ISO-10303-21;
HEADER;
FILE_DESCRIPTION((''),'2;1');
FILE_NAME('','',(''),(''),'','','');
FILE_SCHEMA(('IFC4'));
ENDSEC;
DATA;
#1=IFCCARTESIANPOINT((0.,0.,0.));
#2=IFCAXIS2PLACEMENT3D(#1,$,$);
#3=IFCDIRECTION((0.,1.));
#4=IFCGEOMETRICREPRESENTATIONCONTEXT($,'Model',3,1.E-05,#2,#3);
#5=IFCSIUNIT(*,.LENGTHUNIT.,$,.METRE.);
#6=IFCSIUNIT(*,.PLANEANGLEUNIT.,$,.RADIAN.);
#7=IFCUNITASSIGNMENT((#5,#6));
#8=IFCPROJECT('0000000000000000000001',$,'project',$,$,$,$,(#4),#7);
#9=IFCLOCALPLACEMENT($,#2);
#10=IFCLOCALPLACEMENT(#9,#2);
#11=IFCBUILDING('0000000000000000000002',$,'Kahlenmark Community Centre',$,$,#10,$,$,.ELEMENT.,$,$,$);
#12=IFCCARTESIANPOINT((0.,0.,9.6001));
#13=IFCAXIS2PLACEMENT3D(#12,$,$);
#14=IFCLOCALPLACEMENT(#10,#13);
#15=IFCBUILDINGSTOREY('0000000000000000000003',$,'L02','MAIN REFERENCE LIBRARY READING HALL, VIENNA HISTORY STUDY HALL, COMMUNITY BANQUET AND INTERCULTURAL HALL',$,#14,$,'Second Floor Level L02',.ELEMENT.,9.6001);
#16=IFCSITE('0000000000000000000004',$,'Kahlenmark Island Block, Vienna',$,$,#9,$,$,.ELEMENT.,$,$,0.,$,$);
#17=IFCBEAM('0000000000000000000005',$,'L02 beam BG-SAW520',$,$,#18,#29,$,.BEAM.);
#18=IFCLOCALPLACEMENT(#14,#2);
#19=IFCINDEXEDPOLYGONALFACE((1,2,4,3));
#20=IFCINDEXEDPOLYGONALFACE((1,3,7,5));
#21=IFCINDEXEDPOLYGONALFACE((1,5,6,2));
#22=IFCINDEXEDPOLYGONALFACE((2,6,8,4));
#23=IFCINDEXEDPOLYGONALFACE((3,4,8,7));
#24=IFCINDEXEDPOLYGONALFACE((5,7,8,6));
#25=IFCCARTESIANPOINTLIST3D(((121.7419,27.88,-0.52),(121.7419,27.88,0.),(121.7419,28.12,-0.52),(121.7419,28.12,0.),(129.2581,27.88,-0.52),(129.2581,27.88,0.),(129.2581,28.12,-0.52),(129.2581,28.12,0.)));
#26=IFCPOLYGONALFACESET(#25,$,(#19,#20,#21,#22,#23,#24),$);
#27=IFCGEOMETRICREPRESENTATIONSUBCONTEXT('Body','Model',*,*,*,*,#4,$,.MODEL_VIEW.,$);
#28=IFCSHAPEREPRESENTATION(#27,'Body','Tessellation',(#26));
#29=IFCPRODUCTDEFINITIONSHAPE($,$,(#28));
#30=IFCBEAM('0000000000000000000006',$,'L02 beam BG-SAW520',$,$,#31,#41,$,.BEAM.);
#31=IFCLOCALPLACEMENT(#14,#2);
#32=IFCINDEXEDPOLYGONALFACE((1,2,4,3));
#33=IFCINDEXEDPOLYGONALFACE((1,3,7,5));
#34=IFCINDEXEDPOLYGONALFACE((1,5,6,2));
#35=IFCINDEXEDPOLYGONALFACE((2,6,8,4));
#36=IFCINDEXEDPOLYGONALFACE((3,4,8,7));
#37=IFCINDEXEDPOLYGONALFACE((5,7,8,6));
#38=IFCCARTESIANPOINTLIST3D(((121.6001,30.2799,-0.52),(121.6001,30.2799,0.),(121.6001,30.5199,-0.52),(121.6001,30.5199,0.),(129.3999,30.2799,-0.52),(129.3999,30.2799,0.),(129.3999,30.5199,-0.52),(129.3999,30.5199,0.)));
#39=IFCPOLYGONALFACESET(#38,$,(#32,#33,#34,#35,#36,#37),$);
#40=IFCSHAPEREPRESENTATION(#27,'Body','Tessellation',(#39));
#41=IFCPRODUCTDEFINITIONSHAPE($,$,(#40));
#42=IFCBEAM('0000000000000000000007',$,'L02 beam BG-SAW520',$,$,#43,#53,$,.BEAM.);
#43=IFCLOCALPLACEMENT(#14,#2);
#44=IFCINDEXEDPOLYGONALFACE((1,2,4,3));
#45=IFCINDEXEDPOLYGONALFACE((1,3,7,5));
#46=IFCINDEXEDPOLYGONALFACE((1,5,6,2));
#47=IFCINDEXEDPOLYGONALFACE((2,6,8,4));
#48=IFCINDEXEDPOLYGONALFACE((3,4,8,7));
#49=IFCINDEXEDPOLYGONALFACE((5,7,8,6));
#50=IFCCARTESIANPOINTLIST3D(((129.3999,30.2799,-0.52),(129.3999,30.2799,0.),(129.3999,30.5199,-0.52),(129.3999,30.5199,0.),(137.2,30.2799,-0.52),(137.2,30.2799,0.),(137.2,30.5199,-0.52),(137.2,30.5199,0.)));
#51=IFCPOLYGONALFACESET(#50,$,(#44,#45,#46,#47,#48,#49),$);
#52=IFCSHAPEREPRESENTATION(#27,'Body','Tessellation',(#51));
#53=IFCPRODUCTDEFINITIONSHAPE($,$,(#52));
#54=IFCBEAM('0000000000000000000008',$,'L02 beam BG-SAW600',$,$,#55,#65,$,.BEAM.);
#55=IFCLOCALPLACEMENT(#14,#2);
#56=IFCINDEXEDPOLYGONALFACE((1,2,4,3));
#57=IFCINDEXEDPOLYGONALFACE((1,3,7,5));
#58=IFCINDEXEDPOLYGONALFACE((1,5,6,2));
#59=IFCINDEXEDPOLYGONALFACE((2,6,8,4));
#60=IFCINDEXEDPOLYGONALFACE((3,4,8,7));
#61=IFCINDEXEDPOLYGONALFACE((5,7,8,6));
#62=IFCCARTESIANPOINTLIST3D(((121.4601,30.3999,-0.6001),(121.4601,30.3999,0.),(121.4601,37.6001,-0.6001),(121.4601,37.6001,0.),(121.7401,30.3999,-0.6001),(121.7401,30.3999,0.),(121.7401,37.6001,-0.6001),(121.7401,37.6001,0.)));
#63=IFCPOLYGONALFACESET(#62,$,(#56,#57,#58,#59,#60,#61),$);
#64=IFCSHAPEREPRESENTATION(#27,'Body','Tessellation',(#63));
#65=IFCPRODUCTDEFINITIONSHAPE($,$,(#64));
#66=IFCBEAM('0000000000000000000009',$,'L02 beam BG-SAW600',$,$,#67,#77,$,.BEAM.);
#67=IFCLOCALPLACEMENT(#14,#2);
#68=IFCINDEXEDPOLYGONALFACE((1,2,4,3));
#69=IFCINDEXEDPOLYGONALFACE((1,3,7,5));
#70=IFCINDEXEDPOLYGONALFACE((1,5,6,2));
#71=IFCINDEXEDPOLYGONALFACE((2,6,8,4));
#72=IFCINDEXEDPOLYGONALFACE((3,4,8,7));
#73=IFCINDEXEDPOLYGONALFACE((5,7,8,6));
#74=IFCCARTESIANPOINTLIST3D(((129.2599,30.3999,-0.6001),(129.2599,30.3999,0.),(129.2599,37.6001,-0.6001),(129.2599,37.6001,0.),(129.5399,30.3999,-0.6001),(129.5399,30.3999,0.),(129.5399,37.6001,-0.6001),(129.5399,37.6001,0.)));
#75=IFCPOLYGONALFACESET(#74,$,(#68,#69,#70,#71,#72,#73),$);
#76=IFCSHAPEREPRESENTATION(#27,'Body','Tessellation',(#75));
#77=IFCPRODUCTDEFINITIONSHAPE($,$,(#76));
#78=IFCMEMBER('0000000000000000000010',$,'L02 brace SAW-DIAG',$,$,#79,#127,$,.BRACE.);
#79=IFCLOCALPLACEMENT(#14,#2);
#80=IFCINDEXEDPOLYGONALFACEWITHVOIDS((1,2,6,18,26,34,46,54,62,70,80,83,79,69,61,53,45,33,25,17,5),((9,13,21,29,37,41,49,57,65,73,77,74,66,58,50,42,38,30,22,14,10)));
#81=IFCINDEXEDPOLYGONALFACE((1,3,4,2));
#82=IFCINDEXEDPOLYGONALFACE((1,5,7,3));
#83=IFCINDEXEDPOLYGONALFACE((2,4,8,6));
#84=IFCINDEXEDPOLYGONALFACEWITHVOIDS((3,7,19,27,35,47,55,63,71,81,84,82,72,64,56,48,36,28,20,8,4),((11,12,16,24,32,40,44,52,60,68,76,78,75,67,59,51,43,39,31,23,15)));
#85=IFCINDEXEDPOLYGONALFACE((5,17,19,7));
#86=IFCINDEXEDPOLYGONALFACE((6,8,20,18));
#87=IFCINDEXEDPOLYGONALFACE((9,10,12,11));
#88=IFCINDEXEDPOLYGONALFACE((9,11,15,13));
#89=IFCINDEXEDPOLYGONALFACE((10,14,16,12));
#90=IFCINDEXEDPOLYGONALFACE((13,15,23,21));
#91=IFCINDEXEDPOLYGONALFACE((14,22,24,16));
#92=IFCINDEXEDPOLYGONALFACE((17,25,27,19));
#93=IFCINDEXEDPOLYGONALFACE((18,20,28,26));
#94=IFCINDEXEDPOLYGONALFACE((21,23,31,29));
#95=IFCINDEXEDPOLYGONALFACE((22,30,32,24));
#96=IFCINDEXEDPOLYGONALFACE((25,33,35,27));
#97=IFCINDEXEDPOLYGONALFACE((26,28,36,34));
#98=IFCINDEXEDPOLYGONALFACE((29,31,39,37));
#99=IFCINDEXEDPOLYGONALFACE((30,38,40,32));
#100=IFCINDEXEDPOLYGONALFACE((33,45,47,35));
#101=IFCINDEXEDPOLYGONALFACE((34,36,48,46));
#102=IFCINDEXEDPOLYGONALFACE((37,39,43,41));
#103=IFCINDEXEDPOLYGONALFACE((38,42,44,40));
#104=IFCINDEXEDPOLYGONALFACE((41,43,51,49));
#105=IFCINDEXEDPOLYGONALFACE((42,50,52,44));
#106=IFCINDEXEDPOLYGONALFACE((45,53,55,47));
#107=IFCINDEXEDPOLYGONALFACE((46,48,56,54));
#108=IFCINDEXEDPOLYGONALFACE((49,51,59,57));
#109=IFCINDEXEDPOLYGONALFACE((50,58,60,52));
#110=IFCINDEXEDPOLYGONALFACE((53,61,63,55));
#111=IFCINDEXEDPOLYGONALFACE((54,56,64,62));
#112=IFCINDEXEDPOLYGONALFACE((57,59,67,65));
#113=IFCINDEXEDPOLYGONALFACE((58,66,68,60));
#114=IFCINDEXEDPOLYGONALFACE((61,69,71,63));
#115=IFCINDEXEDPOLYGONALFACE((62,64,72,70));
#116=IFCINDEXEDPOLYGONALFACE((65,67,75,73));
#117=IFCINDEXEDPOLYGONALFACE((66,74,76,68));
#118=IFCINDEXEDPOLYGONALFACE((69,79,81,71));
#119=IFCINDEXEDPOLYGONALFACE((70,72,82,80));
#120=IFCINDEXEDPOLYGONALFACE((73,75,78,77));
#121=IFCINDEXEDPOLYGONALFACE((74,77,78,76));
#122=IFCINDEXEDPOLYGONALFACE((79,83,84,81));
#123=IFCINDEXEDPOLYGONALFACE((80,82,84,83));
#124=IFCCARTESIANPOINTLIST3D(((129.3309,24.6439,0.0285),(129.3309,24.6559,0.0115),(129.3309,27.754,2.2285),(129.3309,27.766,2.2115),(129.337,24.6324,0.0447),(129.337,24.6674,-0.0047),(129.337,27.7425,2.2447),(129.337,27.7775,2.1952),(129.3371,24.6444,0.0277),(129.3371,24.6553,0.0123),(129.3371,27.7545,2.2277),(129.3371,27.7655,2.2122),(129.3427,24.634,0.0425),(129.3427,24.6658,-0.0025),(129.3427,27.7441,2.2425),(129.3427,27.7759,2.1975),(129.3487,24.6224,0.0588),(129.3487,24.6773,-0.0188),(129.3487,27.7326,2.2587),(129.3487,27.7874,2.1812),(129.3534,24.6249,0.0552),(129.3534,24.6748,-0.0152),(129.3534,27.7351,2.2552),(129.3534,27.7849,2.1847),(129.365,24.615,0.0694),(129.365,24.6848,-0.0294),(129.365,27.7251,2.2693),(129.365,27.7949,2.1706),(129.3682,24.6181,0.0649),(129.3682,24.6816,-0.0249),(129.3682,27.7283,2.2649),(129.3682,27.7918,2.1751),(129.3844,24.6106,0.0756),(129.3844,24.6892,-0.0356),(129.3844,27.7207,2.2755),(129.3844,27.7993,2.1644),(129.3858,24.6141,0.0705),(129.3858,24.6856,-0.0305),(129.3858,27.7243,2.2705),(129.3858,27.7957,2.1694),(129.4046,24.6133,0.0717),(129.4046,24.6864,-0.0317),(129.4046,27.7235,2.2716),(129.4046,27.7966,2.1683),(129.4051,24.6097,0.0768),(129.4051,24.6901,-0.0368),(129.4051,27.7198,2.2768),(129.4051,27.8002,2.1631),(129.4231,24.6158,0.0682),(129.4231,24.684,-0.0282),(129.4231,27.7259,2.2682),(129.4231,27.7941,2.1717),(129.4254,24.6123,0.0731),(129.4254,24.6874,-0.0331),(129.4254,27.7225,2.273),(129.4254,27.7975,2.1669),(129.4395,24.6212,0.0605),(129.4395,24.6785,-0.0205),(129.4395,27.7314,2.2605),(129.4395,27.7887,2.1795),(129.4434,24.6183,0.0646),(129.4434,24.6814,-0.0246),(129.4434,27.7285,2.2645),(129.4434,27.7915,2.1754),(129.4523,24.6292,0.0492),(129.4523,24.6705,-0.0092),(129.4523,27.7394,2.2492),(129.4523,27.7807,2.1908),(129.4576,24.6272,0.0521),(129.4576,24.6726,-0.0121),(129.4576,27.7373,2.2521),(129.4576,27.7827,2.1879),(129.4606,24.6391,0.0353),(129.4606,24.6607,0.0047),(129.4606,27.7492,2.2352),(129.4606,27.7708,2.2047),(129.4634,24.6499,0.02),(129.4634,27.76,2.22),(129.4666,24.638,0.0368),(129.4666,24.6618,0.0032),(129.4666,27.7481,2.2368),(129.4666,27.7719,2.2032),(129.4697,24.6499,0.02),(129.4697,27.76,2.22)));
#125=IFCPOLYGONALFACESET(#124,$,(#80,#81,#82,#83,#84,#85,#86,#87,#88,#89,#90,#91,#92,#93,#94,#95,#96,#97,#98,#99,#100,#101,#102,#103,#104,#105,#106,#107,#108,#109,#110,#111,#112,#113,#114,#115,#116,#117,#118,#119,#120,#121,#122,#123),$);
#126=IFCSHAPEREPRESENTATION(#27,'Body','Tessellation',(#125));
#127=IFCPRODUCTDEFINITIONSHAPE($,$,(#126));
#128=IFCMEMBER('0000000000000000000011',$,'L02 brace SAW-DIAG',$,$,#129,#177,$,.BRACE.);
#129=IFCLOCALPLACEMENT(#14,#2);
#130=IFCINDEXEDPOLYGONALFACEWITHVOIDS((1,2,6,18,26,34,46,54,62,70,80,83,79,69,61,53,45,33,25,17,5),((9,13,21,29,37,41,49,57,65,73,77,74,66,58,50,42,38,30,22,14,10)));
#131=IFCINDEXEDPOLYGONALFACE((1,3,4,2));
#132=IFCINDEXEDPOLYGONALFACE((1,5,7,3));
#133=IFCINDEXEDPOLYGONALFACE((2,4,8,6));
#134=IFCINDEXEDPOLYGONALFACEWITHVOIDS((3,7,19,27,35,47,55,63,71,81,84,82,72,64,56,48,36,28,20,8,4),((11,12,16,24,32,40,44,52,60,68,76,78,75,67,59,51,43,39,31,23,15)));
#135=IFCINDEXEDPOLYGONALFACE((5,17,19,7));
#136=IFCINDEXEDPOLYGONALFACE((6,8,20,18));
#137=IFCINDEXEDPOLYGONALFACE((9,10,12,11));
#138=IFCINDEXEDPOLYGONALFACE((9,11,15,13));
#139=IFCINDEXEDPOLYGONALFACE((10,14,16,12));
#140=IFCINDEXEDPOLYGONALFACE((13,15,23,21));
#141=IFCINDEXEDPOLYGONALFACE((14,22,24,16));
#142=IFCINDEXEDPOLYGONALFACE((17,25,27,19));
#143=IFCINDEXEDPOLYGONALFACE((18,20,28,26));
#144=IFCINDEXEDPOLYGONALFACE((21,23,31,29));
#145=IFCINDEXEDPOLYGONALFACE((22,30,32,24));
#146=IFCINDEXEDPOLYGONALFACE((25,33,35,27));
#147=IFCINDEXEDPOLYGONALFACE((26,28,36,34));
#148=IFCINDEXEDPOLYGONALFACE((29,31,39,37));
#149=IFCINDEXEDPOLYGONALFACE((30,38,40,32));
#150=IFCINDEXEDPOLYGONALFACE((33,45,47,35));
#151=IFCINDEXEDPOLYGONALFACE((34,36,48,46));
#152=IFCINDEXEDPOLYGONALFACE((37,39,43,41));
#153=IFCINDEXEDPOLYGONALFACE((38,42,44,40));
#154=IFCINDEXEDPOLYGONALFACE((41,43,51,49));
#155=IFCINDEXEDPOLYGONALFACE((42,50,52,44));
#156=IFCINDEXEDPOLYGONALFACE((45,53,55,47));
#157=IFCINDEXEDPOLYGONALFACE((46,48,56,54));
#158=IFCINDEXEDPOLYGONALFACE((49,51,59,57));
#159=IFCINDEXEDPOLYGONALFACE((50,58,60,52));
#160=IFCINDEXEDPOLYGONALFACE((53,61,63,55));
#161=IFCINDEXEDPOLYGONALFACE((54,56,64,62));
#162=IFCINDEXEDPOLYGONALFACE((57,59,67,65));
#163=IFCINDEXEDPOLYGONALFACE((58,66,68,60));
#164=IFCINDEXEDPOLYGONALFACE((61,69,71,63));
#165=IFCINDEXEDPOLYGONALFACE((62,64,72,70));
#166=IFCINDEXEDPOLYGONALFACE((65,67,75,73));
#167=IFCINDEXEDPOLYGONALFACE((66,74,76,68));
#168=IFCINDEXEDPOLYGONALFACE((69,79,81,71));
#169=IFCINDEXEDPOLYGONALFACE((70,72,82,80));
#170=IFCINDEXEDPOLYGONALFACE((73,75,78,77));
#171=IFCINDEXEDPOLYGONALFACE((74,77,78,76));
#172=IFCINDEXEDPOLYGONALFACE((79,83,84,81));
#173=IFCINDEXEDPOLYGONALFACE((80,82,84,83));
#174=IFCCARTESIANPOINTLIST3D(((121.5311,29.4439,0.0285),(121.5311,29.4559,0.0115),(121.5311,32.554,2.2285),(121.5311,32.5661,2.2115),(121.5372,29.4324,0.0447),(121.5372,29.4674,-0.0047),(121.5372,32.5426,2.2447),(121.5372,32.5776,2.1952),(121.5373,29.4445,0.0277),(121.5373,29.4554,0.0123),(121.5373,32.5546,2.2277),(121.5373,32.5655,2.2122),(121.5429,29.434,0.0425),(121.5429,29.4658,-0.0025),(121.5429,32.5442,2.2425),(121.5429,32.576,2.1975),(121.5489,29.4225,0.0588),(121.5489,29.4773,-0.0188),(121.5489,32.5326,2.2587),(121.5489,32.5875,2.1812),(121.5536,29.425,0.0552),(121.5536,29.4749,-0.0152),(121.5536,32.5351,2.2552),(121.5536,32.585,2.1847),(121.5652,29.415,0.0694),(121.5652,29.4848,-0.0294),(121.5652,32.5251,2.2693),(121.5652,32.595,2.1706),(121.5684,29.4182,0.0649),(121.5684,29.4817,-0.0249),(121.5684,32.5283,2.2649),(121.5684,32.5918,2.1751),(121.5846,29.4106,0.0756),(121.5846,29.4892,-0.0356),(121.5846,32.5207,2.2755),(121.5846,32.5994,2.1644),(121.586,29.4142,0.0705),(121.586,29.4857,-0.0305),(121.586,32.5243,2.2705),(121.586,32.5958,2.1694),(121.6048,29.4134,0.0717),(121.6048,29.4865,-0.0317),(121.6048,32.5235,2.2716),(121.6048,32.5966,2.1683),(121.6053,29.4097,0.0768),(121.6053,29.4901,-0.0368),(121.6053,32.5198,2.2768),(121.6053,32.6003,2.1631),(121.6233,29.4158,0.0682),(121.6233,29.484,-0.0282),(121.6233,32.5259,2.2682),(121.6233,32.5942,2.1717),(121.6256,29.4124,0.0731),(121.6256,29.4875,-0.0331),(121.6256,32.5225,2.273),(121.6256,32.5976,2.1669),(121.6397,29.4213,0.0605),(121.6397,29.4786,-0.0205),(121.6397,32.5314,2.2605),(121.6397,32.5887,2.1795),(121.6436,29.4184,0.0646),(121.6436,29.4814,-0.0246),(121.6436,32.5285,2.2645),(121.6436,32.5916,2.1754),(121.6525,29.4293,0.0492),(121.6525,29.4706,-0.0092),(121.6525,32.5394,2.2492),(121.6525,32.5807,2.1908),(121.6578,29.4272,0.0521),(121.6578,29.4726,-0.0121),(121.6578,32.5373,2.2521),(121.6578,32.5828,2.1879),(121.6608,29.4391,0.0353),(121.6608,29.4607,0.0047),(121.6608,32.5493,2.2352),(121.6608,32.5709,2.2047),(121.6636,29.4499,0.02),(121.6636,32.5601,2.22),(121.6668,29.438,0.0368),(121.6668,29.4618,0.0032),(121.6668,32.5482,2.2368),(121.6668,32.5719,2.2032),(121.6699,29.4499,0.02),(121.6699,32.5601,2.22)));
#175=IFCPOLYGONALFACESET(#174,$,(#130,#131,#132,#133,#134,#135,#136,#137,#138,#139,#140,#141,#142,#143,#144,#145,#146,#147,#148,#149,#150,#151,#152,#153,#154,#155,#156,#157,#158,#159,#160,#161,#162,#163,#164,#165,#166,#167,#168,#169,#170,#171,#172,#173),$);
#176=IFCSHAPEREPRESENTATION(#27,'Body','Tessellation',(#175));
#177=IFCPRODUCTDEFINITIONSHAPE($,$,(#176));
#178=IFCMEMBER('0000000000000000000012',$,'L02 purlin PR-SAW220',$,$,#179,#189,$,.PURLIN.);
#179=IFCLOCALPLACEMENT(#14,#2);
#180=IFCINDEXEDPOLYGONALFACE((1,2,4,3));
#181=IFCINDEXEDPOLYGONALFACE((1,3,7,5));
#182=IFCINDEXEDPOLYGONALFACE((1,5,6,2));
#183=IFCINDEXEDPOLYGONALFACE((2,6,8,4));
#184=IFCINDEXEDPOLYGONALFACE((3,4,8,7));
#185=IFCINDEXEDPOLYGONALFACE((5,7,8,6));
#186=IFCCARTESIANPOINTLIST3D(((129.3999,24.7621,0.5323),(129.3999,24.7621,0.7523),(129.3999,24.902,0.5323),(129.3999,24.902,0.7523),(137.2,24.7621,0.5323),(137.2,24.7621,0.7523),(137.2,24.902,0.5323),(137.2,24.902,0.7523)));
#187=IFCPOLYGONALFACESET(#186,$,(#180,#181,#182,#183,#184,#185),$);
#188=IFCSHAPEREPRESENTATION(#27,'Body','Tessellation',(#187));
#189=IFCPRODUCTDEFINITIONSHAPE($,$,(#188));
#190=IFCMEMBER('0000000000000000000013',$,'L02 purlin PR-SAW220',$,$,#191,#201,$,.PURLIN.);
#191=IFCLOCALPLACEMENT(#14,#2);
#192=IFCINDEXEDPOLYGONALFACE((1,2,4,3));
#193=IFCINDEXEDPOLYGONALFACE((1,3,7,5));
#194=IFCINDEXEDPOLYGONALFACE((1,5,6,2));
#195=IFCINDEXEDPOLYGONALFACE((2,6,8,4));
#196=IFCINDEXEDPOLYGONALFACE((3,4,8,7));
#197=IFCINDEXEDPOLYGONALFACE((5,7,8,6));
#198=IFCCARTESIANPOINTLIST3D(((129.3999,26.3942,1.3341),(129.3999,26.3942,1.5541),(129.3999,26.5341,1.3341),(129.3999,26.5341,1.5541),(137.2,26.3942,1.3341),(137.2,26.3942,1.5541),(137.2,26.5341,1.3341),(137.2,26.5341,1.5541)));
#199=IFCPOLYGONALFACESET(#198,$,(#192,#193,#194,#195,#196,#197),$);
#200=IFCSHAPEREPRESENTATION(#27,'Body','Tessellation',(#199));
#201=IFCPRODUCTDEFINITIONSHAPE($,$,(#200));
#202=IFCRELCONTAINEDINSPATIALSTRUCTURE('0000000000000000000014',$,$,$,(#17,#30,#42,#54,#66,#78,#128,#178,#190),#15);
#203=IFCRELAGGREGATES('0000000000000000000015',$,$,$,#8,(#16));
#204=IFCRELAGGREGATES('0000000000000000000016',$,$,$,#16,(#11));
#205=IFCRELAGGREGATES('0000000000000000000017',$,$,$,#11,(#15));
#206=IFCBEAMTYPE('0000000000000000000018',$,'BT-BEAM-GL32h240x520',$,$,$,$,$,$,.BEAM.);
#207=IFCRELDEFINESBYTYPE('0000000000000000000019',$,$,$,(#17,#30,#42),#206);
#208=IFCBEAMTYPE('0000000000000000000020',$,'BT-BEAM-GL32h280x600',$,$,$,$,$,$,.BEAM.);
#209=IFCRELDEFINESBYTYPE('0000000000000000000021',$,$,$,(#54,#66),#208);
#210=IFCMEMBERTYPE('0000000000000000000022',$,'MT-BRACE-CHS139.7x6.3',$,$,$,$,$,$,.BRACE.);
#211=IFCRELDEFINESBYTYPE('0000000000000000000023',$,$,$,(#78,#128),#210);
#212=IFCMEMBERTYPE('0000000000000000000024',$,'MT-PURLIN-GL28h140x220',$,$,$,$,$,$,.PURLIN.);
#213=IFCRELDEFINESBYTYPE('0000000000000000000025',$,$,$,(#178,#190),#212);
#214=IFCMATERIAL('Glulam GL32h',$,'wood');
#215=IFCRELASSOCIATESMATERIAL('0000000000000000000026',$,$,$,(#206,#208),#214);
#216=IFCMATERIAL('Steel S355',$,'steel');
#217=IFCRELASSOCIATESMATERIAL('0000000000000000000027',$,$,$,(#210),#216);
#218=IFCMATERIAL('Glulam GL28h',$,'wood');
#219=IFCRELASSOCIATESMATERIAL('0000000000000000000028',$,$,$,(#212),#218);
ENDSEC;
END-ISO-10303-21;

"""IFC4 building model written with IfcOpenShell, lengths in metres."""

from ifc_helpers import new_model, si_unit, direction, frame, origin, origin_2d, place, context, subcontext, project, spatial, rectangle, hollow_circle, extrude, material, material_profile, profile_set, type_object, element, save


model = new_model("IFC4")

# Units and contexts
model_context = context("Model", 3, precision=1e-05, world=origin(), true_north=direction((0.0, 1.0)))
body_context = subcontext(model_context, "Body", "Model", "MODEL_VIEW")
ifc_project = project(units=[si_unit("LENGTHUNIT", "METRE"), si_unit("PLANEANGLEUNIT", "RADIAN")], contexts=[model_context])

# Site, building, storey
site_placement = place(None, origin())
site = spatial("IfcSite", under=ifc_project, at=site_placement, Name="Kahlenmark Island Block, Vienna", CompositionType="ELEMENT", RefElevation=0.0)
building_placement = place(site_placement, origin())
building = spatial("IfcBuilding", under=site, at=building_placement, Name="Kahlenmark Community Centre", CompositionType="ELEMENT")
storey_placement = place(building_placement, frame((0.0, 0.0, 9.6001)))
storey = spatial("IfcBuildingStorey", under=building, at=storey_placement, Name="L02", Description="MAIN REFERENCE LIBRARY READING HALL, VIENNA HISTORY STUDY HALL, COMMUNITY BANQUET AND INTERCULTURAL HALL", LongName="Second Floor Level L02", CompositionType="ELEMENT", Elevation=9.6001)

# Beams
ifc_material_1 = material(Name="Glulam GL32h", Category="wood")
ifc_material_profile_1 = material_profile(ifc_material_1, rectangle(XDim=0.24, YDim=0.52, at=origin_2d()), Name="GL32h 240x520")
ifc_profile_set_1 = profile_set([ifc_material_profile_1], Name="Glulam GL32h")
beam_type_1 = type_object("IfcBeamType", Name="BT-BEAM-GL32h240x520", PredefinedType="BEAM", material=ifc_profile_set_1)
beam_1_placement = place(storey_placement, frame((121.7419, 28.0, -0.26), z_axis=(1.0, 0.0, 0.0), x_axis=(0.0, 1.0, 0.0)))
element("IfcBeam", 1, at=beam_1_placement, inside=storey, type_object=beam_type_1, Name="L02 beam BG-SAW520", PredefinedType="BEAM", context=body_context, shape_type="SweptSolid", body=[
    extrude(rectangle(XDim=0.24, YDim=0.52, at=origin_2d()), origin(), (0.0, 0.0, 1.0), 7.5161),
])
beam_2_placement = place(storey_placement, frame((121.6001, 30.3999, -0.26), z_axis=(1.0, 0.0, 0.0), x_axis=(0.0, 1.0, 0.0)))
element("IfcBeam", 2, at=beam_2_placement, inside=storey, type_object=beam_type_1, Name="L02 beam BG-SAW520", PredefinedType="BEAM", context=body_context, shape_type="SweptSolid", body=[
    extrude(rectangle(XDim=0.24, YDim=0.52, at=origin_2d()), origin(), (0.0, 0.0, 1.0), 7.7998),
])
beam_3_placement = place(storey_placement, frame((129.3999, 30.3999, -0.26), z_axis=(1.0, 0.0, 0.0), x_axis=(0.0, 1.0, 0.0)))
element("IfcBeam", 3, at=beam_3_placement, inside=storey, type_object=beam_type_1, Name="L02 beam BG-SAW520", PredefinedType="BEAM", context=body_context, shape_type="SweptSolid", body=[
    extrude(rectangle(XDim=0.24, YDim=0.52, at=origin_2d()), origin(), (0.0, 0.0, 1.0), 7.8),
])
ifc_material_profile_2 = material_profile(ifc_material_1, rectangle(XDim=0.28, YDim=0.6001, at=origin_2d()), Name="GL32h 280x600")
ifc_profile_set_2 = profile_set([ifc_material_profile_2], Name="Glulam GL32h")
beam_type_2 = type_object("IfcBeamType", Name="BT-BEAM-GL32h280x600", PredefinedType="BEAM", material=ifc_profile_set_2)
for number, where, z_axis, x_axis, name in (
    (4, (121.6001, 30.3999, -0.3), (0.0, 1.0, 0.0), (-1.0, 0.0, 0.0), "L02 beam BG-SAW600"),
    (5, (129.3999, 30.3999, -0.3), (0.0, 1.0, 0.0), (-1.0, 0.0, 0.0), "L02 beam BG-SAW600"),
):
    element("IfcBeam", number, at=place(storey_placement, frame(where, z_axis=z_axis, x_axis=x_axis)), inside=storey, type_object=beam_type_2, Name=name, PredefinedType="BEAM", context=body_context, shape_type="SweptSolid", body=[
        extrude(rectangle(XDim=0.28, YDim=0.6001, at=origin_2d()), origin(), (0.0, 0.0, 1.0), 7.2002),
    ])

# Members
ifc_material_2 = material(Name="Steel S355", Category="steel")
ifc_material_profile_3 = material_profile(ifc_material_2, hollow_circle(Radius=0.0698, WallThickness=0.0063, at=origin_2d()), Name="CHS 139.7x6.3")
ifc_profile_set_3 = profile_set([ifc_material_profile_3], Name="Steel S355")
member_type_1 = type_object("IfcMemberType", Name="MT-BRACE-CHS139.7x6.3", PredefinedType="BRACE", material=ifc_profile_set_3)
for number, where, z_axis, x_axis, name in (
    (6, (129.3999, 27.76, 2.22), (0.0, -0.816401, -0.577486), (1.0, 0.0, 0.0), "L02 brace SAW-DIAG"),
    (7, (121.6001, 32.5601, 2.22), (0.0, -0.816401, -0.577486), (1.0, 0.0, 0.0), "L02 brace SAW-DIAG"),
):
    element("IfcMember", number, at=place(storey_placement, frame(where, z_axis=z_axis, x_axis=x_axis)), inside=storey, type_object=member_type_1, Name=name, PredefinedType="BRACE", context=body_context, shape_type="SweptSolid", body=[
        extrude(hollow_circle(Radius=0.0698, WallThickness=0.0063, at=origin_2d()), origin(), (0.0, 0.0, 1.0), 3.8096),
    ])
ifc_material_3 = material(Name="Glulam GL28h", Category="wood")
ifc_material_profile_4 = material_profile(ifc_material_3, rectangle(XDim=0.1399, YDim=0.22, at=origin_2d()), Name="GL28h 140x220")
ifc_profile_set_4 = profile_set([ifc_material_profile_4], Name="Glulam GL28h")
member_type_2 = type_object("IfcMemberType", Name="MT-PURLIN-GL28h140x220", PredefinedType="PURLIN", material=ifc_profile_set_4)
for number, where, z_axis, x_axis, name in (
    (8, (129.3999, 24.832, 0.6423), (1.0, 0.0, 0.0), (0.0, 1.0, 0.0), "L02 purlin PR-SAW220"),
    (9, (129.3999, 26.4641, 1.4441), (1.0, 0.0, 0.0), (0.0, 1.0, 0.0), "L02 purlin PR-SAW220"),
):
    element("IfcMember", number, at=place(storey_placement, frame(where, z_axis=z_axis, x_axis=x_axis)), inside=storey, type_object=member_type_2, Name=name, PredefinedType="PURLIN", context=body_context, shape_type="SweptSolid", body=[
        extrude(rectangle(XDim=0.1399, YDim=0.22, at=origin_2d()), origin(), (0.0, 0.0, 1.0), 7.8),
    ])

save(model, "model.ifc")
